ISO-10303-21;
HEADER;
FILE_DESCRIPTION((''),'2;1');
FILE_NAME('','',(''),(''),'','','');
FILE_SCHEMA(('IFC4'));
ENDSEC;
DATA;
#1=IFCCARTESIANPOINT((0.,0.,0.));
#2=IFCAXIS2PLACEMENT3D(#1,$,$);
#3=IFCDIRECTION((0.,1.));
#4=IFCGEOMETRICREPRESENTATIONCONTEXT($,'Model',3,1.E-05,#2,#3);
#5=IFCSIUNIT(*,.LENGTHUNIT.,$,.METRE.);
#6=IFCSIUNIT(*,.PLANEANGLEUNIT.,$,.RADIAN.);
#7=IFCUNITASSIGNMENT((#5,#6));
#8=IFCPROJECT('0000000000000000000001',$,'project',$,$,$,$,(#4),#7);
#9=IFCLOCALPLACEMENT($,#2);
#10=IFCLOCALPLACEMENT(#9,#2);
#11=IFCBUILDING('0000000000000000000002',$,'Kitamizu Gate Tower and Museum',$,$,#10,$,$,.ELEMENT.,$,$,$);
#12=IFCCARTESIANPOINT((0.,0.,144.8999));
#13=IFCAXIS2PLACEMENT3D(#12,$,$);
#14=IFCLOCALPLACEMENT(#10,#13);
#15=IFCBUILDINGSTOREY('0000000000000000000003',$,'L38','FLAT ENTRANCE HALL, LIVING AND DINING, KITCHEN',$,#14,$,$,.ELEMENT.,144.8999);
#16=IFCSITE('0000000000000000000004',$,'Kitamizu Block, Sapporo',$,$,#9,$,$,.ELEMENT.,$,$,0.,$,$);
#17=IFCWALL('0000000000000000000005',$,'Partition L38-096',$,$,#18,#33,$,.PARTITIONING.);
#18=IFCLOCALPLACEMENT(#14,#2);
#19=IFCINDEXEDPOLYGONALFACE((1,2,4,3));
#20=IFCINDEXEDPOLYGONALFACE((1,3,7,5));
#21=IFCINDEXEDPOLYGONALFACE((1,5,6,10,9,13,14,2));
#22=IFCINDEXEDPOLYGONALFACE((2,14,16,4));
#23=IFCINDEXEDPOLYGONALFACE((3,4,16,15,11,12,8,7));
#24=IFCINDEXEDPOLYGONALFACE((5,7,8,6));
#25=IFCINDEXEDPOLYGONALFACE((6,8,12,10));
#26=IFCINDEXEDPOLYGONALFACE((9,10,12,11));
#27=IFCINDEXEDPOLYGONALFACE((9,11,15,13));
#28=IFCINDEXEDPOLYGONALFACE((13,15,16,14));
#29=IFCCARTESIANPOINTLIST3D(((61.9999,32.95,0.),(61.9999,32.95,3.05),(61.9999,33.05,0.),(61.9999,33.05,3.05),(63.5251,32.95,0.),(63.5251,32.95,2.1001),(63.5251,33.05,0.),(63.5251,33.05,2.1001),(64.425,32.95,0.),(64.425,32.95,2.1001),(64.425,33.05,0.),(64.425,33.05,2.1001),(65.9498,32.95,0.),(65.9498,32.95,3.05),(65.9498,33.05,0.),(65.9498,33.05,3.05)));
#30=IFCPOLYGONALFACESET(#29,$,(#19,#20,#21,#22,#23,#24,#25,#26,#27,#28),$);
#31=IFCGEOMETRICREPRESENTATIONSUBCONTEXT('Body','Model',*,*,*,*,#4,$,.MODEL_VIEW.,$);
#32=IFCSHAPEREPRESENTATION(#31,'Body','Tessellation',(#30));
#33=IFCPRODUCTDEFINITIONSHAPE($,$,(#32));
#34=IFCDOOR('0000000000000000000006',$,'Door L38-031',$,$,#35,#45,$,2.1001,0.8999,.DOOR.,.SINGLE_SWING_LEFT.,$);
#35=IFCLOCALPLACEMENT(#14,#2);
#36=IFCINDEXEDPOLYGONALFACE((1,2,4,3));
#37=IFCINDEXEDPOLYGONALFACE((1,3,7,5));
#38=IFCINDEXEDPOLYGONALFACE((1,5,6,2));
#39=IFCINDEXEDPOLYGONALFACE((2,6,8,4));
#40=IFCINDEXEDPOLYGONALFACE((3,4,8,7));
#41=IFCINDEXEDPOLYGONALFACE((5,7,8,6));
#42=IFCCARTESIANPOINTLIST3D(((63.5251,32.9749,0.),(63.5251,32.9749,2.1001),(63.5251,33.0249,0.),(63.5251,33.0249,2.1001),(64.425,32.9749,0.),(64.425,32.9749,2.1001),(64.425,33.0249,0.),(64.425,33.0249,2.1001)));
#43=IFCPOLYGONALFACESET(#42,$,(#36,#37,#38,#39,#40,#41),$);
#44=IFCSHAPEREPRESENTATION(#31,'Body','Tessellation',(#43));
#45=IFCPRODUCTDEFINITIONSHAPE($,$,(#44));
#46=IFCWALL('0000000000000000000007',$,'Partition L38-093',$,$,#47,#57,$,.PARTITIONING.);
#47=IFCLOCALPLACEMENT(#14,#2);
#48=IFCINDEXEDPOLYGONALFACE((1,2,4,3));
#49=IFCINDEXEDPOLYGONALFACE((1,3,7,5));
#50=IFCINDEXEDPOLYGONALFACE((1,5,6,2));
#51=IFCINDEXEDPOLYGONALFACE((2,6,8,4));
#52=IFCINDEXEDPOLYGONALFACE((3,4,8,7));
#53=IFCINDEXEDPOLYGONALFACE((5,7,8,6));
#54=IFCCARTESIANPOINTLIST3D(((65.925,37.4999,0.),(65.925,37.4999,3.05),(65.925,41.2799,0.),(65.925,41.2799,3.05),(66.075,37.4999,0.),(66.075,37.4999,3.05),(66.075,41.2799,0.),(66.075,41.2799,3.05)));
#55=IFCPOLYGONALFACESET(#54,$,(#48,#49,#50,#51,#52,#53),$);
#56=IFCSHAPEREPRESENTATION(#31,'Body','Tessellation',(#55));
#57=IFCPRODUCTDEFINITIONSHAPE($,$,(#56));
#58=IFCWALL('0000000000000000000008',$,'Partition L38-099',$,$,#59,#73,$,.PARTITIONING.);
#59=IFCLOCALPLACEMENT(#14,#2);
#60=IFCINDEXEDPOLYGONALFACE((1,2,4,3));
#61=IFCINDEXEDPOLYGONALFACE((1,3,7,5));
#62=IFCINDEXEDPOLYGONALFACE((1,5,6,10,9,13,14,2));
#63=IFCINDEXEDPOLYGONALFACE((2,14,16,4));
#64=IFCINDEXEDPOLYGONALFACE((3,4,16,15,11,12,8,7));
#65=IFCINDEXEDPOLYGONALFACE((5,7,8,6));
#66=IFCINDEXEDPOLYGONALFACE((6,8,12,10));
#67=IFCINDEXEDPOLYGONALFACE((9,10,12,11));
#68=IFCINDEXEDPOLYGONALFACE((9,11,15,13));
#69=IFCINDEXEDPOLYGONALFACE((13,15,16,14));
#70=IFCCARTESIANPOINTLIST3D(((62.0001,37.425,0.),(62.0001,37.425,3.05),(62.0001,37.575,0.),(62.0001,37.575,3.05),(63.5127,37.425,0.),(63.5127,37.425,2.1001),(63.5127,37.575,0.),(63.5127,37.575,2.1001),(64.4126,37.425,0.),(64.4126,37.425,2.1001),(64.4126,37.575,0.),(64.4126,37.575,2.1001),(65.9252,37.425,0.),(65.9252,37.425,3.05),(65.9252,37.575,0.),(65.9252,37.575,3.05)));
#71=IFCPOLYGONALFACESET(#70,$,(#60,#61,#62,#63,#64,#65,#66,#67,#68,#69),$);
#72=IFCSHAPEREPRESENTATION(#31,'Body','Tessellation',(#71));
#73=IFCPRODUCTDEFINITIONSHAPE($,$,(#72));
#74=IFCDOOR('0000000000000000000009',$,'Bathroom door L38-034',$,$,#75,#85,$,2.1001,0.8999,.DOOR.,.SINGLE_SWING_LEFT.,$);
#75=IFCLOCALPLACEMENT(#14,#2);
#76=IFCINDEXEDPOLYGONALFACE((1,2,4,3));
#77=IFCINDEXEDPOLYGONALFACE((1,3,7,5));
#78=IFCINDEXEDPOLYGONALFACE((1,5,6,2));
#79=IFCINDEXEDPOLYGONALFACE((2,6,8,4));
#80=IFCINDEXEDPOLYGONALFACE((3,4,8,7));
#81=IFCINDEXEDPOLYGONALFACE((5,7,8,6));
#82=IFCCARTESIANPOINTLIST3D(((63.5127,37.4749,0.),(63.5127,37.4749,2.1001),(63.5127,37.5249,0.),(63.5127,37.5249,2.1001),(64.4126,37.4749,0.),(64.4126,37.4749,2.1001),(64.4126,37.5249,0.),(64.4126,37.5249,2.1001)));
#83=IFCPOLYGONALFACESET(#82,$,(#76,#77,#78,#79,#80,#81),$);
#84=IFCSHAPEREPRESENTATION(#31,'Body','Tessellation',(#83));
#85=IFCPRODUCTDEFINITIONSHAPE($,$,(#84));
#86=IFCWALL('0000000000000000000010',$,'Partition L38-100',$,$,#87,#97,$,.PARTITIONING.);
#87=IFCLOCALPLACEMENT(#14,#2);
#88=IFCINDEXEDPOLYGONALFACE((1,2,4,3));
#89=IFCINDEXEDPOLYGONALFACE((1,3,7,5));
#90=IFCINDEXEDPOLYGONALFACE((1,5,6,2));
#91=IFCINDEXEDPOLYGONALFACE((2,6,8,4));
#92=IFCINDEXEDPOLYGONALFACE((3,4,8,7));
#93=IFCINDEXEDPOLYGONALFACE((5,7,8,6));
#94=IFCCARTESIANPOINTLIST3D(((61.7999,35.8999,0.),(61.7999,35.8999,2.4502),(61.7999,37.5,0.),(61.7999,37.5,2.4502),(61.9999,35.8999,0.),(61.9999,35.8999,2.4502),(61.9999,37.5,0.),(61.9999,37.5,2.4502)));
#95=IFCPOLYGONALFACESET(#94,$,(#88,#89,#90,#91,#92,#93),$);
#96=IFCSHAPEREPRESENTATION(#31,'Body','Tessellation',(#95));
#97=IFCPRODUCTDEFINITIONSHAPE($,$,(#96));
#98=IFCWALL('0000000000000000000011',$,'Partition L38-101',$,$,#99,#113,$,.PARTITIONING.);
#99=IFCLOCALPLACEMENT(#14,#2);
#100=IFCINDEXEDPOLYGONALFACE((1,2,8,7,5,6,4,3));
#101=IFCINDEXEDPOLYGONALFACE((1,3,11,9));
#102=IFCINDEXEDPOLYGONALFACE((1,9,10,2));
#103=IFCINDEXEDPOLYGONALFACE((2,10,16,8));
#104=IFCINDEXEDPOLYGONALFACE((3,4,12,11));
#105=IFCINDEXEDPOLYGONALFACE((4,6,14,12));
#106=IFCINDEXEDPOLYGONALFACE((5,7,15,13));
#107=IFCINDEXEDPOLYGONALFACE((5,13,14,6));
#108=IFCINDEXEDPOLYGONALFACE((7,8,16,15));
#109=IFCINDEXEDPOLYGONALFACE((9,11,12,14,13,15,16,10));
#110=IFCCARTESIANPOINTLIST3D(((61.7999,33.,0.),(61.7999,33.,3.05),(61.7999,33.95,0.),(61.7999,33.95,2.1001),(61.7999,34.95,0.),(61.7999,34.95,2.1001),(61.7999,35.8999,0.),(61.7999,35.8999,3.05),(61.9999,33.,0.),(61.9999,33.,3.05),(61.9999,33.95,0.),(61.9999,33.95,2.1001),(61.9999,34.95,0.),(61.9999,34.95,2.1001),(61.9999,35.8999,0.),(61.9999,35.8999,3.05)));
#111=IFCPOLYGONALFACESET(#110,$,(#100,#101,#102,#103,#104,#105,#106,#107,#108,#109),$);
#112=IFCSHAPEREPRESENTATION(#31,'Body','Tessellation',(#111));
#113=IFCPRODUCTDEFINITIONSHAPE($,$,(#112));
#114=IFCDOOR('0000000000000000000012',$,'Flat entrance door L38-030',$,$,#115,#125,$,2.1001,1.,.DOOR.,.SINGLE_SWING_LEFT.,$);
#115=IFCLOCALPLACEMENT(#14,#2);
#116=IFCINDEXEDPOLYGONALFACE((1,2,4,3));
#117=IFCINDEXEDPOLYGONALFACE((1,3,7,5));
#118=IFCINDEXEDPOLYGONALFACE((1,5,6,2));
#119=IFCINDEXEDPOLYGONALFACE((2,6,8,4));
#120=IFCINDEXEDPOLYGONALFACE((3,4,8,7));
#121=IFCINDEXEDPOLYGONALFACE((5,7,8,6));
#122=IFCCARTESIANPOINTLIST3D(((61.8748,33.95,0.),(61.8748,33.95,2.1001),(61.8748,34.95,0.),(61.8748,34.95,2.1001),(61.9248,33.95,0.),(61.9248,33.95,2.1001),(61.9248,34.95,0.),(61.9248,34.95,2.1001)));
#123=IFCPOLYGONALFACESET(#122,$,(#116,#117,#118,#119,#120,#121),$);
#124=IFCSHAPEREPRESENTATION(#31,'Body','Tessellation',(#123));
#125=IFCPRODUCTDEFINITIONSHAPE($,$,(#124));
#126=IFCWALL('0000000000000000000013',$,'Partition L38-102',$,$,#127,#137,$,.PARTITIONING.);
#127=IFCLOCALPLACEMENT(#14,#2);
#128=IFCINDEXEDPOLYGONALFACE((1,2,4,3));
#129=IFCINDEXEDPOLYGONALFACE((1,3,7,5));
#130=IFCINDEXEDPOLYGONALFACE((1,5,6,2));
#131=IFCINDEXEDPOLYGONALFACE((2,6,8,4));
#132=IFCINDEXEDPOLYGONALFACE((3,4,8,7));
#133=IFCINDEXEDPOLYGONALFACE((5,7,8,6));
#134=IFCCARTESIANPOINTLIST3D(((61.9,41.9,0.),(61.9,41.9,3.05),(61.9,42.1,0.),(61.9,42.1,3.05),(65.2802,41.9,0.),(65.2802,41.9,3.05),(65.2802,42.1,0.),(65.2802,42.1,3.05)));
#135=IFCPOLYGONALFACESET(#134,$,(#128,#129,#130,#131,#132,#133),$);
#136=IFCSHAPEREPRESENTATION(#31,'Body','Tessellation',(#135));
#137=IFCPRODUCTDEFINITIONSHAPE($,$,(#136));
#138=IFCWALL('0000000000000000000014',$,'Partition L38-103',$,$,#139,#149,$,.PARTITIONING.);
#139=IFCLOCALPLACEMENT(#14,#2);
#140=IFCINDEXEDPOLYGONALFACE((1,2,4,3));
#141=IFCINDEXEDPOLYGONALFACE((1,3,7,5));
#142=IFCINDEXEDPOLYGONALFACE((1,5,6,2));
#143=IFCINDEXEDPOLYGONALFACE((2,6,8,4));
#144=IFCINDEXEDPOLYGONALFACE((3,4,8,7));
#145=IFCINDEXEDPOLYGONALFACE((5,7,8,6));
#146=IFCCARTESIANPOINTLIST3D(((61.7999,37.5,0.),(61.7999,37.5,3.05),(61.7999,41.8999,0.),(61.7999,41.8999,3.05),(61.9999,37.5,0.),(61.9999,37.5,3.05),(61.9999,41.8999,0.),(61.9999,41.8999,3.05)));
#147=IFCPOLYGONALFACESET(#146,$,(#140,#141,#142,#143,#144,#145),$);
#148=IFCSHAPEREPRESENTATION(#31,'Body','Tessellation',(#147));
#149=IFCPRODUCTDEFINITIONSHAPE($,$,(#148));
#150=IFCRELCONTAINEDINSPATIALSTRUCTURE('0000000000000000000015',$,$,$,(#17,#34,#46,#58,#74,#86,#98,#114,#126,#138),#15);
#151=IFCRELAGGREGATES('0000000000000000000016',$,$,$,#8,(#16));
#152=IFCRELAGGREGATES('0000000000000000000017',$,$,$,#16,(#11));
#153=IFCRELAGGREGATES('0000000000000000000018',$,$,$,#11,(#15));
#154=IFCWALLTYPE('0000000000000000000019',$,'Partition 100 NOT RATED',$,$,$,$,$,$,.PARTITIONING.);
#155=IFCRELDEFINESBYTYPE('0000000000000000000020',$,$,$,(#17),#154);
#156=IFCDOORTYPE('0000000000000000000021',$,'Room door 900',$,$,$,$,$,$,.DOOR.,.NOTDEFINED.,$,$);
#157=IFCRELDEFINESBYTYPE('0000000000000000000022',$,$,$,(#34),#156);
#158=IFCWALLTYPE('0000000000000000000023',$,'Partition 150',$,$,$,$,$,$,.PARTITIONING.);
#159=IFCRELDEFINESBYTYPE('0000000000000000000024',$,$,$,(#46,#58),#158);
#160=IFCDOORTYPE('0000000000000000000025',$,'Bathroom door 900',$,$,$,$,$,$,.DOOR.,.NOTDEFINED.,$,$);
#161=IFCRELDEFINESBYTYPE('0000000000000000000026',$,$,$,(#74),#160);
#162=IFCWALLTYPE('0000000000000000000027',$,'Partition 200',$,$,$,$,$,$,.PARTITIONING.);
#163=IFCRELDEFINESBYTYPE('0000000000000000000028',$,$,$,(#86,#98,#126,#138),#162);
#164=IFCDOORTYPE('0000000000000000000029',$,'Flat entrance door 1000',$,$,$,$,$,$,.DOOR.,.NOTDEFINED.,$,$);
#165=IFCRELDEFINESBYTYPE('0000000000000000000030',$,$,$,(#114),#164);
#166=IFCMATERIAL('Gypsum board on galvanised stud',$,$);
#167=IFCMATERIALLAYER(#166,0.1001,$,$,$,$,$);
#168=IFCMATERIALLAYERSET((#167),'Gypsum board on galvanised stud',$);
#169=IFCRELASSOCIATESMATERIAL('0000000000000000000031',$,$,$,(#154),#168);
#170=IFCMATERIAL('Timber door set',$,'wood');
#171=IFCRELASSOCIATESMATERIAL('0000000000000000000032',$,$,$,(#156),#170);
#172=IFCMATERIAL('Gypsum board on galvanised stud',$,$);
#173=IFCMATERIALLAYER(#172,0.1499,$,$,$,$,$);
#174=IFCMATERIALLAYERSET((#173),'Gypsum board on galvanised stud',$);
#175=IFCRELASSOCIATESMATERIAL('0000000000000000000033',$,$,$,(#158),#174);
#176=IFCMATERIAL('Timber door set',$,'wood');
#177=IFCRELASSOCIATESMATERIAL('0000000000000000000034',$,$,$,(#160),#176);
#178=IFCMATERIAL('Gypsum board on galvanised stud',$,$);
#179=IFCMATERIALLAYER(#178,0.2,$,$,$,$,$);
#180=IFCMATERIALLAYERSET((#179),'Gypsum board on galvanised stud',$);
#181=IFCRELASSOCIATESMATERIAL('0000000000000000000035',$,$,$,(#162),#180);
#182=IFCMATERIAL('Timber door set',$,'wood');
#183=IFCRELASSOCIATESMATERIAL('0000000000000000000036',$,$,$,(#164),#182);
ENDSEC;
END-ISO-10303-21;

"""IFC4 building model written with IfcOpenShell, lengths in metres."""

from ifc_helpers import new_model, si_unit, direction, frame, frame_2d, origin, place, context, subcontext, project, spatial, rectangle, extrude, material, layer, layer_set, type_object, element, fill, save


model = new_model("IFC4")

# Units and contexts
model_context = context("Model", 3, precision=1e-05, world=origin(), true_north=direction((0.0, 1.0)))
body_context = subcontext(model_context, "Body", "Model", "MODEL_VIEW")
ifc_project = project(units=[si_unit("LENGTHUNIT", "METRE"), si_unit("PLANEANGLEUNIT", "RADIAN")], contexts=[model_context])

# Site, building, storey
site_placement = place(None, origin())
site = spatial("IfcSite", under=ifc_project, at=site_placement, Name="Kitamizu Block, Sapporo", CompositionType="ELEMENT", RefElevation=0.0)
building_placement = place(site_placement, origin())
building = spatial("IfcBuilding", under=site, at=building_placement, Name="Kitamizu Gate Tower and Museum", CompositionType="ELEMENT")
storey_placement = place(building_placement, frame((0.0, 0.0, 144.8999)))
storey = spatial("IfcBuildingStorey", under=building, at=storey_placement, Name="L38", Description="FLAT ENTRANCE HALL, LIVING AND DINING, KITCHEN", CompositionType="ELEMENT", Elevation=144.8999)

# Shared definitions
ifc_material_1 = material(Name="Gypsum board on galvanised stud")
ifc_layer_1 = layer(ifc_material_1, 0.1001)
ifc_layer_set_1 = layer_set([ifc_layer_1], Name="Gypsum board on galvanised stud")
wall_type_1 = type_object("IfcWallType", Name="Partition 100 NOT RATED", PredefinedType="PARTITIONING", material=ifc_layer_set_1)
ifc_material_2 = material(Name="Timber door set", Category="wood")
door_type_1 = type_object("IfcDoorType", Name="Room door 900", OperationType="NOTDEFINED", PredefinedType="DOOR", material=ifc_material_2)

# Wall, opening, door
wall_1_placement = place(storey_placement, frame((65.95, 33.0, 0.0), z_axis=(0.0, 0.0, 1.0), x_axis=(-1.0, 0.0, 0.0)))
wall_1 = element("IfcWall", 1, at=wall_1_placement, inside=storey, type_object=wall_type_1, Name="Partition L38-096", PredefinedType="PARTITIONING", context=body_context, shape_type="SweptSolid", body=[
    extrude(rectangle(XDim=3.95, YDim=0.1001, at=frame_2d((1.9751, 0.0))), origin(), (0.0, 0.0, 1.0), 3.05),
])
opening_1_placement = place(wall_1_placement, frame((1.5249, 0.0, 0.0)))
opening_1 = element("IfcOpeningElement", 2, at=opening_1_placement, cuts=wall_1, PredefinedType="OPENING", context=body_context, shape_type="SweptSolid", body=[
    extrude(rectangle(XDim=0.8999, YDim=2.1001, at=frame_2d((0.45, 1.05))), frame((0.0, 0.0601, 0.0), z_axis=(0.0, -1.0, 0.0), x_axis=(1.0, 0.0, 0.0)), (0.0, 0.0, 1.0), 0.1201),
])
door_1_placement = place(opening_1_placement, frame((0.8999, 0.0, 0.0), x_axis=(-1.0, 0.0, 0.0)))
door_1 = element("IfcDoor", 3, at=door_1_placement, inside=storey, type_object=door_type_1, Name="Door L38-031", OperationType="SINGLE_SWING_LEFT", OverallHeight=2.1001, OverallWidth=0.8999, PredefinedType="DOOR", context=body_context, shape_type="SweptSolid", body=[
    extrude(rectangle(XDim=0.8999, YDim=2.1001, at=frame_2d((0.45, 1.05))), frame((0.0, 0.0249, 0.0), z_axis=(0.0, -1.0, 0.0), x_axis=(1.0, 0.0, 0.0)), (0.0, 0.0, 1.0), 0.05),
])
fill(opening_1, door_1)

# Wall
ifc_material_3 = material(Name="Gypsum board on galvanised stud")
ifc_layer_2 = layer(ifc_material_3, 0.1499)
ifc_layer_set_2 = layer_set([ifc_layer_2], Name="Gypsum board on galvanised stud")
wall_type_2 = type_object("IfcWallType", Name="Partition 150", PredefinedType="PARTITIONING", material=ifc_layer_set_2)
wall_2_placement = place(storey_placement, frame((66.0, 41.28, 0.0), z_axis=(0.0, 0.0, 1.0), x_axis=(0.0, -1.0, 0.0)))
element("IfcWall", 4, at=wall_2_placement, inside=storey, type_object=wall_type_2, Name="Partition L38-093", PredefinedType="PARTITIONING", context=body_context, shape_type="SweptSolid", body=[
    extrude(rectangle(XDim=3.78, YDim=0.1499, at=frame_2d((1.8901, 0.0))), origin(), (0.0, 0.0, 1.0), 3.05),
])

# Wall, opening, door
wall_3_placement = place(storey_placement, frame((65.925, 37.5, 0.0), z_axis=(0.0, 0.0, 1.0), x_axis=(-1.0, 0.0, 0.0)))
wall_3 = element("IfcWall", 5, at=wall_3_placement, inside=storey, type_object=wall_type_2, Name="Partition L38-099", PredefinedType="PARTITIONING", context=body_context, shape_type="SweptSolid", body=[
    extrude(rectangle(XDim=3.925, YDim=0.1499, at=frame_2d((1.9624, 0.0))), origin(), (0.0, 0.0, 1.0), 3.05),
])
opening_2_placement = place(wall_3_placement, frame((1.5125, 0.0, 0.0)))
opening_2 = element("IfcOpeningElement", 6, at=opening_2_placement, cuts=wall_3, PredefinedType="OPENING", context=body_context, shape_type="SweptSolid", body=[
    extrude(rectangle(XDim=0.8999, YDim=2.1001, at=frame_2d((0.45, 1.05))), frame((0.0, 0.085, 0.0), z_axis=(0.0, -1.0, 0.0), x_axis=(1.0, 0.0, 0.0)), (0.0, 0.0, 1.0), 0.1699),
])
ifc_material_4 = material(Name="Timber door set", Category="wood")
door_type_2 = type_object("IfcDoorType", Name="Bathroom door 900", OperationType="NOTDEFINED", PredefinedType="DOOR", material=ifc_material_4)
door_2_placement = place(opening_2_placement, frame((0.8999, 0.0, 0.0), x_axis=(-1.0, 0.0, 0.0)))
door_2 = element("IfcDoor", 7, at=door_2_placement, inside=storey, type_object=door_type_2, Name="Bathroom door L38-034", OperationType="SINGLE_SWING_LEFT", OverallHeight=2.1001, OverallWidth=0.8999, PredefinedType="DOOR", context=body_context, shape_type="SweptSolid", body=[
    extrude(rectangle(XDim=0.8999, YDim=2.1001, at=frame_2d((0.45, 1.05))), frame((0.0, 0.0249, 0.0), z_axis=(0.0, -1.0, 0.0), x_axis=(1.0, 0.0, 0.0)), (0.0, 0.0, 1.0), 0.05),
])
fill(opening_2, door_2)

# Wall
ifc_material_5 = material(Name="Gypsum board on galvanised stud")
ifc_layer_3 = layer(ifc_material_5, 0.2)
ifc_layer_set_3 = layer_set([ifc_layer_3], Name="Gypsum board on galvanised stud")
wall_type_3 = type_object("IfcWallType", Name="Partition 200", PredefinedType="PARTITIONING", material=ifc_layer_set_3)
wall_4_placement = place(storey_placement, frame((61.8999, 37.5, 0.0), z_axis=(0.0, 0.0, 1.0), x_axis=(0.0, -1.0, 0.0)))
element("IfcWall", 8, at=wall_4_placement, inside=storey, type_object=wall_type_3, Name="Partition L38-100", PredefinedType="PARTITIONING", context=body_context, shape_type="SweptSolid", body=[
    extrude(rectangle(XDim=1.6001, YDim=0.2, at=frame_2d((0.8, 0.0))), origin(), (0.0, 0.0, 1.0), 2.4502),
])

# Wall, opening, door
wall_5_placement = place(storey_placement, frame((61.8999, 35.8999, 0.0), z_axis=(0.0, 0.0, 1.0), x_axis=(0.0, -1.0, 0.0)))
wall_5 = element("IfcWall", 9, at=wall_5_placement, inside=storey, type_object=wall_type_3, Name="Partition L38-101", PredefinedType="PARTITIONING", context=body_context, shape_type="SweptSolid", body=[
    extrude(rectangle(XDim=2.8999, YDim=0.2, at=frame_2d((1.45, 0.0))), origin(), (0.0, 0.0, 1.0), 3.05),
])
opening_3_placement = place(wall_5_placement, frame((0.95, 0.0, 0.0)))
opening_3 = element("IfcOpeningElement", 10, at=opening_3_placement, cuts=wall_5, PredefinedType="OPENING", context=body_context, shape_type="SweptSolid", body=[
    extrude(rectangle(XDim=1.0, YDim=2.1001, at=frame_2d((0.5, 1.05))), frame((0.0, 0.1099, 0.0), z_axis=(0.0, -1.0, 0.0), x_axis=(1.0, 0.0, 0.0)), (0.0, 0.0, 1.0), 0.22),
])
ifc_material_6 = material(Name="Timber door set", Category="wood")
door_type_3 = type_object("IfcDoorType", Name="Flat entrance door 1000", OperationType="NOTDEFINED", PredefinedType="DOOR", material=ifc_material_6)
door_3_placement = place(opening_3_placement, origin())
door_3 = element("IfcDoor", 11, at=door_3_placement, inside=storey, type_object=door_type_3, Name="Flat entrance door L38-030", OperationType="SINGLE_SWING_LEFT", OverallHeight=2.1001, OverallWidth=1.0, PredefinedType="DOOR", context=body_context, shape_type="SweptSolid", body=[
    extrude(rectangle(XDim=1.0, YDim=2.1001, at=frame_2d((0.5, 1.05))), frame((0.0, 0.0249, 0.0), z_axis=(0.0, -1.0, 0.0), x_axis=(1.0, 0.0, 0.0)), (0.0, 0.0, 1.0), 0.05),
])
fill(opening_3, door_3)

# Walls
wall_6_placement = place(storey_placement, frame((65.28, 42.0, 0.0), z_axis=(0.0, 0.0, 1.0), x_axis=(-1.0, 0.0, 0.0)))
element("IfcWall", 12, at=wall_6_placement, inside=storey, type_object=wall_type_3, Name="Partition L38-102", PredefinedType="PARTITIONING", context=body_context, shape_type="SweptSolid", body=[
    extrude(rectangle(XDim=3.3801, YDim=0.2, at=frame_2d((1.6899, 0.0))), origin(), (0.0, 0.0, 1.0), 3.05),
])
wall_7_placement = place(storey_placement, frame((61.8999, 41.8999, 0.0), z_axis=(0.0, 0.0, 1.0), x_axis=(0.0, -1.0, 0.0)))
element("IfcWall", 13, at=wall_7_placement, inside=storey, type_object=wall_type_3, Name="Partition L38-103", PredefinedType="PARTITIONING", context=body_context, shape_type="SweptSolid", body=[
    extrude(rectangle(XDim=4.3999, YDim=0.2, at=frame_2d((2.2, 0.0))), origin(), (0.0, 0.0, 1.0), 3.05),
])

save(model, "model.ifc")
